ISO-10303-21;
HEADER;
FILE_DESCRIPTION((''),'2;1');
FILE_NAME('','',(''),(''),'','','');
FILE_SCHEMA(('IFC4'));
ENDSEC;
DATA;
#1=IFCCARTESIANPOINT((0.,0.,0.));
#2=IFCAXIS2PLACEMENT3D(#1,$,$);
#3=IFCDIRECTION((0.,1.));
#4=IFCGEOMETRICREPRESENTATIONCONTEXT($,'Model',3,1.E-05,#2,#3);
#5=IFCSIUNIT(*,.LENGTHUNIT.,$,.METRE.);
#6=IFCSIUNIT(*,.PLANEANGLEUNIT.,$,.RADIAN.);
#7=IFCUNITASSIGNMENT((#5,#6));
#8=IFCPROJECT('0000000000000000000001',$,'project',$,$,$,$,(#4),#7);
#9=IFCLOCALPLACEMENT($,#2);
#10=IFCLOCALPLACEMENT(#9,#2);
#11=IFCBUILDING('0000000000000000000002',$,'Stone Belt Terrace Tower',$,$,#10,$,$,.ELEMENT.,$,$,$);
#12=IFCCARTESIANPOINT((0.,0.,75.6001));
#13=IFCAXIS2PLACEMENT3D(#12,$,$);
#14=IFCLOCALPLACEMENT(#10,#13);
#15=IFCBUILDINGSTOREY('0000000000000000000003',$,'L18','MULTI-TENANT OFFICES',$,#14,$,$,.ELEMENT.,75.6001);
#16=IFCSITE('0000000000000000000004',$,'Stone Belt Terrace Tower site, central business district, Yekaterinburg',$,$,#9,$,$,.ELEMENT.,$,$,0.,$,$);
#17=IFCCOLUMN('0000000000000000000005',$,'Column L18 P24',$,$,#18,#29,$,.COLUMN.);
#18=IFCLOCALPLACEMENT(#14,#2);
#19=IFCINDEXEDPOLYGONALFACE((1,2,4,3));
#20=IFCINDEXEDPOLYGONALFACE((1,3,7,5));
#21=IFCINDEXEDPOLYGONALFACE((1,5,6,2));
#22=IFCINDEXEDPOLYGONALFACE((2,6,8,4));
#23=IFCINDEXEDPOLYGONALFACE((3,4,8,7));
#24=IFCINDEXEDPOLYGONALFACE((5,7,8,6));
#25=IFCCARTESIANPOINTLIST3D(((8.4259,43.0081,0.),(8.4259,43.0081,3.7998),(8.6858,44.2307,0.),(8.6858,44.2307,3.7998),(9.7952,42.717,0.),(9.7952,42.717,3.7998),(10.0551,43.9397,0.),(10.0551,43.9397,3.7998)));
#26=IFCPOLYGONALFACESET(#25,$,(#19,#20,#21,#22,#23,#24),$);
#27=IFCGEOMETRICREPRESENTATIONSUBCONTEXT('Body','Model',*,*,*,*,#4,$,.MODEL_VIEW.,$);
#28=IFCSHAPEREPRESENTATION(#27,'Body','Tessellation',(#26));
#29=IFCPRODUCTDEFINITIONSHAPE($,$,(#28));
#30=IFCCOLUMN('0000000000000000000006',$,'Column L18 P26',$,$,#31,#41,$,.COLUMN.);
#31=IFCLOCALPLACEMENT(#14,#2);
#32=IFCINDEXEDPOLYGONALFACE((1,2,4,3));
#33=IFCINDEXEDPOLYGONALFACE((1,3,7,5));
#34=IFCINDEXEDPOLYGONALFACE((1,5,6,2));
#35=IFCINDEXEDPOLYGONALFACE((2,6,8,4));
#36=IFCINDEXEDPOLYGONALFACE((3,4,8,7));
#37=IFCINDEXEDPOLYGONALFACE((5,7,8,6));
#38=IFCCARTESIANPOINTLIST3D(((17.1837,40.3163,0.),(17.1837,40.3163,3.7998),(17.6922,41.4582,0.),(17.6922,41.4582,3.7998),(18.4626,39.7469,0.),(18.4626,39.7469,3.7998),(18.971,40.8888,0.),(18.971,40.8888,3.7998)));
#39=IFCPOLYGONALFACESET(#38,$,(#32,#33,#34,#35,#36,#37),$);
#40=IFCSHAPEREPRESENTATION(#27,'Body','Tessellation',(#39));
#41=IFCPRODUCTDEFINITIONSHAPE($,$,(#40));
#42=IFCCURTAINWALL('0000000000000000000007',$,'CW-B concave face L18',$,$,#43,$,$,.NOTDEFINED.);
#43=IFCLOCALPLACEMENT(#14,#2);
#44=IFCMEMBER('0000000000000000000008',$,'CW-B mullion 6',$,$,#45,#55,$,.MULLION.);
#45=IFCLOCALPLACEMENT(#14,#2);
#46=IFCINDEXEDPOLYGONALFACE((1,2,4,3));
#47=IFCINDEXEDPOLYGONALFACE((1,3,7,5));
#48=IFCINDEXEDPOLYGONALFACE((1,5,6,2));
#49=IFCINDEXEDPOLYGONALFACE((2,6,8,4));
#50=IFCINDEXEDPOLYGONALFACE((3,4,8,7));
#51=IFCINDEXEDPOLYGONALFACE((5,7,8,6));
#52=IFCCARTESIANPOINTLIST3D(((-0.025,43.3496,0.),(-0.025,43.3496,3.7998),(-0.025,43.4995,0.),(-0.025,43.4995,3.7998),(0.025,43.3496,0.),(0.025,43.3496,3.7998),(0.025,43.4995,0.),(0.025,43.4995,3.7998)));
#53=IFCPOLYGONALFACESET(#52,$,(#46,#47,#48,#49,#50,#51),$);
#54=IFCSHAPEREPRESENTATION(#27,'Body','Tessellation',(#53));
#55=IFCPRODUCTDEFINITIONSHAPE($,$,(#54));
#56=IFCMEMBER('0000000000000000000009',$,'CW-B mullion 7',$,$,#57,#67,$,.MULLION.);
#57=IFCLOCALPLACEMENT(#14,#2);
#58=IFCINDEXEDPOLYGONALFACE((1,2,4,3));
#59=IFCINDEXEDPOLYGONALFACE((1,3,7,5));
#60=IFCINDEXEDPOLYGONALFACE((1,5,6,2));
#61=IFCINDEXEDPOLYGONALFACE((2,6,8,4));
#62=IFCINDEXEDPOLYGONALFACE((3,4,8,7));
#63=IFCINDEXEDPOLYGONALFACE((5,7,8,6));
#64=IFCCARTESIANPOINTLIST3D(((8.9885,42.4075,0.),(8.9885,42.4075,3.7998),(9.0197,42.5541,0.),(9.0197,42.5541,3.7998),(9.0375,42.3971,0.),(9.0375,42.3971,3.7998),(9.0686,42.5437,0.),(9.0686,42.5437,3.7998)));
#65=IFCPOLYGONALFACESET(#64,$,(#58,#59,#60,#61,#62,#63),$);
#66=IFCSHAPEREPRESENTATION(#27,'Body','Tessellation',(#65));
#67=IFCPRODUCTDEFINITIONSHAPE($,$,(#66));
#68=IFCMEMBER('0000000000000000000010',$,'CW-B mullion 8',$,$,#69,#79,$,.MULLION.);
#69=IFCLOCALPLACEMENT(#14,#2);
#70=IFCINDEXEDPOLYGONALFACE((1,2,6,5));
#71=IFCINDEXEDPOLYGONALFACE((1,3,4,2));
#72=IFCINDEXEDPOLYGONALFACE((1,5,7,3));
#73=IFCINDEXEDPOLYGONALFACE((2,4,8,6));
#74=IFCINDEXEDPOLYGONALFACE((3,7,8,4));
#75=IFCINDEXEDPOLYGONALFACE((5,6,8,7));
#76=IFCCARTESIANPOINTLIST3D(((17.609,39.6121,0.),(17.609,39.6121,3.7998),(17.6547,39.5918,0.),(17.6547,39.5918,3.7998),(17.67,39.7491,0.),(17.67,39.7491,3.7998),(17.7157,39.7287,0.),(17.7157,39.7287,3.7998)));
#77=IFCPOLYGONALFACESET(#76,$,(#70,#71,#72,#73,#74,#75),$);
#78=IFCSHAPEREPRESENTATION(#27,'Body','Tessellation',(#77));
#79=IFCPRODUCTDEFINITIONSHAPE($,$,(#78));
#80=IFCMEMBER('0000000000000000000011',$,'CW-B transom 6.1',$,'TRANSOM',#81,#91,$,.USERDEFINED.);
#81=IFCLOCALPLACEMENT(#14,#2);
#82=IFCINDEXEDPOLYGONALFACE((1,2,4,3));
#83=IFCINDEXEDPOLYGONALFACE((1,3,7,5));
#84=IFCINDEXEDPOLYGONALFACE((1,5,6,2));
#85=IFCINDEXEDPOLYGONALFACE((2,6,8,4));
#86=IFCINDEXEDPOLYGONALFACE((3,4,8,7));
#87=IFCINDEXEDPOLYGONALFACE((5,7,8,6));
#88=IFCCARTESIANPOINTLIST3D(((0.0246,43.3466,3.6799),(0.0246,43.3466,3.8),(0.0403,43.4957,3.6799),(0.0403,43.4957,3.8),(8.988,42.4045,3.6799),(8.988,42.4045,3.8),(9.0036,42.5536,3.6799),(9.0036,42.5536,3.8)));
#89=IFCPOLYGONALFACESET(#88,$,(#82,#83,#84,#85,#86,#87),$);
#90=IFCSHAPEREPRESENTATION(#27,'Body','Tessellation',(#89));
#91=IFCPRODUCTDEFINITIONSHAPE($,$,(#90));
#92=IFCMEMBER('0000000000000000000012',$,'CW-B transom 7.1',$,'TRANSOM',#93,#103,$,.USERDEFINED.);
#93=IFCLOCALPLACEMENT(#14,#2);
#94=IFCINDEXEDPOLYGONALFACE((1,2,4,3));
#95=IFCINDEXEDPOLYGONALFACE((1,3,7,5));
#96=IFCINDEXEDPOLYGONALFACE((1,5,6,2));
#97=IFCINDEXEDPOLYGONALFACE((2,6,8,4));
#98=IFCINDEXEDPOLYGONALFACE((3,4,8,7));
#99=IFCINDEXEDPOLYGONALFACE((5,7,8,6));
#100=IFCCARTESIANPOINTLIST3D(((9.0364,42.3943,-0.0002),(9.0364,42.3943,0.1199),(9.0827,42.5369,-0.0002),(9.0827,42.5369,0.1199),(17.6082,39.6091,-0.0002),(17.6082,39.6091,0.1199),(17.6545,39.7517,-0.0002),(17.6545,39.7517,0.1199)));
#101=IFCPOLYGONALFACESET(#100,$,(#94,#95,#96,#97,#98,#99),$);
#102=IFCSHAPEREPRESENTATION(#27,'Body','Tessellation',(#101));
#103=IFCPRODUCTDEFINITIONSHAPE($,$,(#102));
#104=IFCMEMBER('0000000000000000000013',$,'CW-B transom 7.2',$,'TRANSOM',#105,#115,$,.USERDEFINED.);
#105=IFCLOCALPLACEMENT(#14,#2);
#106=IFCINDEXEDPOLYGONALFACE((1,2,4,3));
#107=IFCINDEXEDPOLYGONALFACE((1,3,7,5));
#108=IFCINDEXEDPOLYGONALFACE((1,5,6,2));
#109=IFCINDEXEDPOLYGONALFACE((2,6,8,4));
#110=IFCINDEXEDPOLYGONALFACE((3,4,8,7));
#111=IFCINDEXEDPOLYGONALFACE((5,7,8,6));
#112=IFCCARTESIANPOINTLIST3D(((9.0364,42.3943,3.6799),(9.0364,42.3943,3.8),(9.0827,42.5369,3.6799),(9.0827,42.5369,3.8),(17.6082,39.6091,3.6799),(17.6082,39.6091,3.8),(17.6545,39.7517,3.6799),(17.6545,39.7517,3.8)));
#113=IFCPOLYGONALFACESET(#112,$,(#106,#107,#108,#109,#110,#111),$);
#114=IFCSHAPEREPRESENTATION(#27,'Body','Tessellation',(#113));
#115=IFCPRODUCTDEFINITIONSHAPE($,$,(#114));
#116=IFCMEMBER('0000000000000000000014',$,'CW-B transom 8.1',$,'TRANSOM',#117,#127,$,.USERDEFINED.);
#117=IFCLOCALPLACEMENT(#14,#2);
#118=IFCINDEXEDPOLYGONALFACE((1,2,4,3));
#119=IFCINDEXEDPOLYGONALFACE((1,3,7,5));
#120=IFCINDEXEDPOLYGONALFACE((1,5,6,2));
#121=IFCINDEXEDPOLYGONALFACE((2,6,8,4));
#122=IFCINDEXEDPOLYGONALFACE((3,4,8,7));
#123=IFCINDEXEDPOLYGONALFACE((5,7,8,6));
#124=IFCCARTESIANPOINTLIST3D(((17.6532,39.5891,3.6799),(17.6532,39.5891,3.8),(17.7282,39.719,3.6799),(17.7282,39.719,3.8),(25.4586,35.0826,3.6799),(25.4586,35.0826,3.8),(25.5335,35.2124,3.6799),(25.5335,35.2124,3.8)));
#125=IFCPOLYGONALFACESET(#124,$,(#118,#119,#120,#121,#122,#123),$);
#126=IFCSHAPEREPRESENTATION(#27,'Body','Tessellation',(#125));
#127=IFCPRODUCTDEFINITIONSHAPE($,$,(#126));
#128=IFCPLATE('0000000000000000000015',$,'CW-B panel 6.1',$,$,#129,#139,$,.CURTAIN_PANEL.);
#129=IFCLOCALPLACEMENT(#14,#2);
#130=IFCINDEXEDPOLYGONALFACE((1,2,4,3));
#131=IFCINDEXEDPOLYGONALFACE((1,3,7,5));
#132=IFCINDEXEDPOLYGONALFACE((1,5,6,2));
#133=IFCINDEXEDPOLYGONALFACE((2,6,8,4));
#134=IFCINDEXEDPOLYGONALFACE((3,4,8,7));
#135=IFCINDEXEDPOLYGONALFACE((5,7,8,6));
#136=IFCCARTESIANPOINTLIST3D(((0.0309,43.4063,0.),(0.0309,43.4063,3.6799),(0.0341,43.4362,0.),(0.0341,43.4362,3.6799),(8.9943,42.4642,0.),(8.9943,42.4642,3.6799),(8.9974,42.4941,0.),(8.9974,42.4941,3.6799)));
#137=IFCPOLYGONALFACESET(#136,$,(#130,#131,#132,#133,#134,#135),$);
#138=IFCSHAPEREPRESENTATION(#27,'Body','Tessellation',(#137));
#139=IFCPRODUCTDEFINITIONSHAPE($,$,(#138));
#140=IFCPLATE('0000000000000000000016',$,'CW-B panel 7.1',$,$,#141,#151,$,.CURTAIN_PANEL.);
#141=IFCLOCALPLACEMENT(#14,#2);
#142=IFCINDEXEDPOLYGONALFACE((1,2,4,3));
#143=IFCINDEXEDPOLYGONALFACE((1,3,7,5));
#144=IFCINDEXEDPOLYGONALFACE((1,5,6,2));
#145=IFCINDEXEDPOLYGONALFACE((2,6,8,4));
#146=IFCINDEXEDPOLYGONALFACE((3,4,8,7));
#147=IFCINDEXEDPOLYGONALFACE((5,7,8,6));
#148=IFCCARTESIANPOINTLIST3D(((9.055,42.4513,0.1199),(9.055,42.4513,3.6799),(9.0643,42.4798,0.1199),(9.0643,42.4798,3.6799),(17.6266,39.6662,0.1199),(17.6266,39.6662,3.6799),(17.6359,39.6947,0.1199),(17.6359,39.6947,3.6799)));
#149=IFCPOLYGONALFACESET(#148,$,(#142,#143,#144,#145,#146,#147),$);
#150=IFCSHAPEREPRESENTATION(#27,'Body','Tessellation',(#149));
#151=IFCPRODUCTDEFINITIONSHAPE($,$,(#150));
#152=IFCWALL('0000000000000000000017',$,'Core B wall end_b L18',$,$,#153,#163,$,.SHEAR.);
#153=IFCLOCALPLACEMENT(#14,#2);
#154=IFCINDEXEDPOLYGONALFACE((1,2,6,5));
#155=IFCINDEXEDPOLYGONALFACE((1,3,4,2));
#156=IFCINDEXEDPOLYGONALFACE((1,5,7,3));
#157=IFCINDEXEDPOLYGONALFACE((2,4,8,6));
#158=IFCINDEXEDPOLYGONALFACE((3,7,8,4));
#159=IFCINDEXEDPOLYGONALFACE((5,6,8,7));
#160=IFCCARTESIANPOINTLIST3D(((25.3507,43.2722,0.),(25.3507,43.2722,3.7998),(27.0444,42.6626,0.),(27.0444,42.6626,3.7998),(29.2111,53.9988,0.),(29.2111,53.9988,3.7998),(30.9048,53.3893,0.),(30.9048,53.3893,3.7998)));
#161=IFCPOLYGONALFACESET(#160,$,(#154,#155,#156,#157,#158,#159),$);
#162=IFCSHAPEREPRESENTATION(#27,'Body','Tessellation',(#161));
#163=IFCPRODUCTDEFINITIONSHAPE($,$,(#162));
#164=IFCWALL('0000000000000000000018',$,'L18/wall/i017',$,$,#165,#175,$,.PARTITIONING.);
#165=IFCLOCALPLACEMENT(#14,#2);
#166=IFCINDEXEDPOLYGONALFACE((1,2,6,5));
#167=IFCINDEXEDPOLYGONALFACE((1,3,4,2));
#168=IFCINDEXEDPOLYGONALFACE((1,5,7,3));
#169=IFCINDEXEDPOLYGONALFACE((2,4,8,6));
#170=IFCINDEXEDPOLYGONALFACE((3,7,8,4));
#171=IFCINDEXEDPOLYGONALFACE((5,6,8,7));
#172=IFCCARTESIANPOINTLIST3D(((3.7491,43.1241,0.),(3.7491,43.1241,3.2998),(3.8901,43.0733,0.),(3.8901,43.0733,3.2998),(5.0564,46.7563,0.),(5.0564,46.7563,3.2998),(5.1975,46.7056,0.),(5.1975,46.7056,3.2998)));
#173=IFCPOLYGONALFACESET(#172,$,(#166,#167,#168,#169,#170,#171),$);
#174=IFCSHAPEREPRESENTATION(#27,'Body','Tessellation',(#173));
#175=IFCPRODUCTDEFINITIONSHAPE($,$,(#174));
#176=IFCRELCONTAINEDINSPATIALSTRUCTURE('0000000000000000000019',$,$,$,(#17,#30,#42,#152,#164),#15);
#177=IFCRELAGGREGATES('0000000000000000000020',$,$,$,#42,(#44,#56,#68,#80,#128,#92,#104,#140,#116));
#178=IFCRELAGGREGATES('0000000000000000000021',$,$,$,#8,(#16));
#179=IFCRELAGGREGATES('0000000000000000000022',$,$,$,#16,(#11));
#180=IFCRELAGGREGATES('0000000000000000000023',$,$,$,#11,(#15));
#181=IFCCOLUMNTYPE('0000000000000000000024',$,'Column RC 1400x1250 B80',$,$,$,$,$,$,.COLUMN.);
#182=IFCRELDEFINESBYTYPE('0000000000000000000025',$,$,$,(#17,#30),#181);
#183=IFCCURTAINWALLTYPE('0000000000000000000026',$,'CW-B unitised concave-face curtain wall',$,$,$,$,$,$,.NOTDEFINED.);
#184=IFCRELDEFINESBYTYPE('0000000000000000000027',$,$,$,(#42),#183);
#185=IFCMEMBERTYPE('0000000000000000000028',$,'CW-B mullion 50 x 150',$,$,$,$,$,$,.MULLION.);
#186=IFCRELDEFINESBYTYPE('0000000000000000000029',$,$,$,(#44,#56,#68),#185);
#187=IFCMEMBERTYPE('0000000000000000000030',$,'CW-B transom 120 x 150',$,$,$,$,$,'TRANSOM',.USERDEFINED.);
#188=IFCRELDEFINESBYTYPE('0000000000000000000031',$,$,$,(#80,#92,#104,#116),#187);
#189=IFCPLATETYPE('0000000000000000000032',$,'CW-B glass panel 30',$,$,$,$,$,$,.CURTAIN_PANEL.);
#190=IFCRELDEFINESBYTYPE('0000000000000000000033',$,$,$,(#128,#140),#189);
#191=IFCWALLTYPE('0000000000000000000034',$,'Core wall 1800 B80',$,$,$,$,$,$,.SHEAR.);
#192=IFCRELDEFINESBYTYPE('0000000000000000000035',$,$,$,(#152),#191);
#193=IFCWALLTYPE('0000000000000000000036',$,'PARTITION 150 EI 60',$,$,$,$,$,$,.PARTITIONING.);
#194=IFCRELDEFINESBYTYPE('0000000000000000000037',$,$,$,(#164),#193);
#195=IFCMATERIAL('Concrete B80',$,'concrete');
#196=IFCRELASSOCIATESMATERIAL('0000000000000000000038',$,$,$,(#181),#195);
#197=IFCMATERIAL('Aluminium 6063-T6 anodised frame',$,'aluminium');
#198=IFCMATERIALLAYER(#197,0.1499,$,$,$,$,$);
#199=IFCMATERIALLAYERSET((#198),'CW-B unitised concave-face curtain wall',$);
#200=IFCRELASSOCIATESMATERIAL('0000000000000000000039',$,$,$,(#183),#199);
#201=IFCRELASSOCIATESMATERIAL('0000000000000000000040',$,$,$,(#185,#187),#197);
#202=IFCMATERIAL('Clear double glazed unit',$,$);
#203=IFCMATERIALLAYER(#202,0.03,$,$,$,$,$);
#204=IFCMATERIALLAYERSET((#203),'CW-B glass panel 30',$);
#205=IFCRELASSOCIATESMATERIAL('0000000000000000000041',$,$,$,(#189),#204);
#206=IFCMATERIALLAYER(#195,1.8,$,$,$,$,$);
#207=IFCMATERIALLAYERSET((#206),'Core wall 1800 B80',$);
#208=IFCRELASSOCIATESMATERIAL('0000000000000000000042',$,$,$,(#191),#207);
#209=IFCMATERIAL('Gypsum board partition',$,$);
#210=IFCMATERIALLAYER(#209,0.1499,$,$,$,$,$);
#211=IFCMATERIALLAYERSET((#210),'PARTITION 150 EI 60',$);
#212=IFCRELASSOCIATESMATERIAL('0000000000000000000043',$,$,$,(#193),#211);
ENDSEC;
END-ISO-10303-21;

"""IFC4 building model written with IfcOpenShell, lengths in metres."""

from ifc_helpers import new_model, si_unit, direction, frame, frame_2d, origin, origin_2d, place, context, subcontext, project, spatial, rectangle, extrude, material, layer, layer_set, material_profile, profile_set, type_object, element, aggregate, save


model = new_model("IFC4")

# Units and contexts
model_context = context("Model", 3, precision=1e-05, world=origin(), true_north=direction((0.0, 1.0)))
body_context = subcontext(model_context, "Body", "Model", "MODEL_VIEW")
ifc_project = project(units=[si_unit("LENGTHUNIT", "METRE"), si_unit("PLANEANGLEUNIT", "RADIAN")], contexts=[model_context])

# Site, building, storey
site_placement = place(None, origin())
site = spatial("IfcSite", under=ifc_project, at=site_placement, Name="Stone Belt Terrace Tower site, central business district, Yekaterinburg", CompositionType="ELEMENT", RefElevation=0.0)
building_placement = place(site_placement, origin())
building = spatial("IfcBuilding", under=site, at=building_placement, Name="Stone Belt Terrace Tower", CompositionType="ELEMENT")
storey_placement = place(building_placement, frame((0.0, 0.0, 75.6001)))
storey = spatial("IfcBuildingStorey", under=building, at=storey_placement, Name="L18", Description="MULTI-TENANT OFFICES", CompositionType="ELEMENT", Elevation=75.6001)

# Columns
ifc_material_1 = material(Name="Concrete B80", Category="concrete")
ifc_material_profile_1 = material_profile(ifc_material_1, rectangle(XDim=1.3999, YDim=1.25, at=origin_2d()), Name="RC 1400x1250")
ifc_profile_set_1 = profile_set([ifc_material_profile_1], Name="Concrete B80")
column_type = type_object("IfcColumnType", Name="Column RC 1400x1250 B80", PredefinedType="COLUMN", material=ifc_profile_set_1)
for number, where, z_axis, x_axis, name in (
    (1, (9.2405, 43.4739, 0.0), (0.0, 0.0, 1.0), (0.978148, -0.207912, 0.0), "Column L18 P24"),
    (2, (18.0774, 40.6025, 0.0), (0.0, 0.0, 1.0), (0.913545, -0.406737, 0.0), "Column L18 P26"),
):
    element("IfcColumn", number, at=place(storey_placement, frame(where, z_axis=z_axis, x_axis=x_axis)), inside=storey, type_object=column_type, Name=name, PredefinedType="COLUMN", context=body_context, shape_type="SweptSolid", body=[
        extrude(rectangle(XDim=1.3999, YDim=1.25, at=origin_2d()), origin(), (0.0, 0.0, 1.0), 3.7998),
    ])

# Curtain wall, members, plates
ifc_material_2 = material(Name="Aluminium 6063-T6 anodised frame", Category="aluminium")
ifc_layer_1 = layer(ifc_material_2, 0.1499)
ifc_layer_set_1 = layer_set([ifc_layer_1], Name="CW-B unitised concave-face curtain wall")
curtain_wall_type = type_object("IfcCurtainWallType", Name="CW-B unitised concave-face curtain wall", PredefinedType="NOTDEFINED", material=ifc_layer_set_1)
curtain_wall_placement = place(storey_placement, origin())
curtain_wall = element("IfcCurtainWall", 3, at=curtain_wall_placement, inside=storey, type_object=curtain_wall_type, Name="CW-B concave face L18", PredefinedType="NOTDEFINED")
ifc_material_profile_2 = material_profile(ifc_material_2, rectangle(XDim=0.1499, YDim=0.05, at=origin_2d()), Name="Aluminium 6063-T6 50x150")
ifc_profile_set_2 = profile_set([ifc_material_profile_2], Name="Aluminium 6063-T6 anodised frame")
member_type_1 = type_object("IfcMemberType", Name="CW-B mullion 50 x 150", PredefinedType="MULLION", material=ifc_profile_set_2)
member_1_placement = place(storey_placement, frame((0.0, 43.4246, 0.0), z_axis=(0.0, 0.0, 1.0), x_axis=(0.0, 1.0, 0.0)))
member_1 = element("IfcMember", 4, at=member_1_placement, type_object=member_type_1, Name="CW-B mullion 6", PredefinedType="MULLION", context=body_context, shape_type="SweptSolid", body=[
    extrude(rectangle(XDim=0.1499, YDim=0.05, at=origin_2d()), origin(), (0.0, 0.0, 1.0), 3.7998),
])
member_2_placement = place(storey_placement, frame((9.0286, 42.4756, 0.0), z_axis=(0.0, 0.0, 1.0), x_axis=(0.207912, 0.978148, 0.0)))
member_2 = element("IfcMember", 5, at=member_2_placement, type_object=member_type_1, Name="CW-B mullion 7", PredefinedType="MULLION", context=body_context, shape_type="SweptSolid", body=[
    extrude(rectangle(XDim=0.1499, YDim=0.05, at=origin_2d()), origin(), (0.0, 0.0, 1.0), 3.7998),
])
member_3_placement = place(storey_placement, frame((17.6624, 39.6704, 0.0), z_axis=(0.0, 0.0, 1.0), x_axis=(0.406737, 0.913545, 0.0)))
member_3 = element("IfcMember", 6, at=member_3_placement, type_object=member_type_1, Name="CW-B mullion 8", PredefinedType="MULLION", context=body_context, shape_type="SweptSolid", body=[
    extrude(rectangle(XDim=0.1499, YDim=0.05, at=origin_2d()), origin(), (0.0, 0.0, 1.0), 3.7998),
])
ifc_material_profile_3 = material_profile(ifc_material_2, rectangle(XDim=0.1499, YDim=0.1201, at=origin_2d()), Name="Aluminium 6063-T6 150x120")
ifc_profile_set_3 = profile_set([ifc_material_profile_3], Name="Aluminium 6063-T6 anodised frame")
member_type_2 = type_object("IfcMemberType", Name="CW-B transom 120 x 150", ElementType="TRANSOM", PredefinedType="USERDEFINED", material=ifc_profile_set_3)
member_4_placement = place(storey_placement, frame((0.0325, 43.4211, 3.74), z_axis=(0.994521, -0.104534, 0.0), x_axis=(0.104534, 0.994521, 0.0)))
member_4 = element("IfcMember", 7, at=member_4_placement, type_object=member_type_2, Name="CW-B transom 6.1", ObjectType="TRANSOM", PredefinedType="USERDEFINED", context=body_context, shape_type="SweptSolid", body=[
    extrude(rectangle(XDim=0.1499, YDim=0.1201, at=origin_2d()), origin(), (0.0, 0.0, 1.0), 9.0127),
])
member_5_placement = place(storey_placement, frame((9.0596, 42.4656, 0.0598), z_axis=(0.951056, -0.309019, 0.0), x_axis=(0.309019, 0.951056, 0.0)))
member_5 = element("IfcMember", 8, at=member_5_placement, type_object=member_type_2, Name="CW-B transom 7.1", ObjectType="TRANSOM", PredefinedType="USERDEFINED", context=body_context, shape_type="SweptSolid", body=[
    extrude(rectangle(XDim=0.1499, YDim=0.1201, at=origin_2d()), origin(), (0.0, 0.0, 1.0), 9.0129),
])
member_6_placement = place(storey_placement, frame((9.0596, 42.4656, 3.74), z_axis=(0.951056, -0.309019, 0.0), x_axis=(0.309019, 0.951056, 0.0)))
member_6 = element("IfcMember", 9, at=member_6_placement, type_object=member_type_2, Name="CW-B transom 7.2", ObjectType="TRANSOM", PredefinedType="USERDEFINED", context=body_context, shape_type="SweptSolid", body=[
    extrude(rectangle(XDim=0.1499, YDim=0.1201, at=origin_2d()), origin(), (0.0, 0.0, 1.0), 9.0129),
])
member_7_placement = place(storey_placement, frame((17.6907, 39.6541, 3.74), z_axis=(0.866019, -0.500011, 0.0), x_axis=(0.500011, 0.866019, 0.0)))
member_7 = element("IfcMember", 10, at=member_7_placement, type_object=member_type_2, Name="CW-B transom 8.1", ObjectType="TRANSOM", PredefinedType="USERDEFINED", context=body_context, shape_type="SweptSolid", body=[
    extrude(rectangle(XDim=0.1499, YDim=0.1201, at=origin_2d()), origin(), (0.0, 0.0, 1.0), 9.0129),
])
ifc_material_3 = material(Name="Clear double glazed unit")
ifc_layer_2 = layer(ifc_material_3, 0.03)
ifc_layer_set_2 = layer_set([ifc_layer_2], Name="CW-B glass panel 30")
plate_type = type_object("IfcPlateType", Name="CW-B glass panel 30", PredefinedType="CURTAIN_PANEL", material=ifc_layer_set_2)
plate_1_placement = place(storey_placement, frame((4.5142, 42.9502, 0.0), z_axis=(0.0, 0.0, 1.0), x_axis=(0.994522, -0.104528, 0.0)))
plate_1 = element("IfcPlate", 11, at=plate_1_placement, type_object=plate_type, Name="CW-B panel 6.1", PredefinedType="CURTAIN_PANEL", context=body_context, shape_type="SweptSolid", body=[
    extrude(rectangle(XDim=9.0127, YDim=0.03, at=origin_2d()), origin(), (0.0, 0.0, 1.0), 3.6799),
])
plate_2_placement = place(storey_placement, frame((13.3455, 41.073, 0.1199), z_axis=(0.0, 0.0, 1.0), x_axis=(0.951057, -0.309017, 0.0)))
plate_2 = element("IfcPlate", 12, at=plate_2_placement, type_object=plate_type, Name="CW-B panel 7.1", PredefinedType="CURTAIN_PANEL", context=body_context, shape_type="SweptSolid", body=[
    extrude(rectangle(XDim=9.0127, YDim=0.03, at=origin_2d()), origin(), (0.0, 0.0, 1.0), 3.5601),
])
aggregate(curtain_wall, [member_1, member_2, member_3, member_4, plate_1, member_5, member_6, plate_2, member_7])

# Walls
ifc_layer_3 = layer(ifc_material_1, 1.8)
ifc_layer_set_3 = layer_set([ifc_layer_3], Name="Core wall 1800 B80")
wall_type_1 = type_object("IfcWallType", Name="Core wall 1800 B80", PredefinedType="SHEAR", material=ifc_layer_set_3)
wall_1_placement = place(storey_placement, frame((26.1975, 42.9673, 0.0), z_axis=(0.0, 0.0, 1.0), x_axis=(0.338625, 0.940921, 0.0)))
element("IfcWall", 13, at=wall_1_placement, inside=storey, type_object=wall_type_1, Name="Core B wall end_b L18", PredefinedType="SHEAR", context=body_context, shape_type="SweptSolid", body=[
    extrude(rectangle(XDim=11.4001, YDim=1.8, at=frame_2d((5.7002, 0.0))), origin(), (0.0, 0.0, 1.0), 3.7998),
])
ifc_material_4 = material(Name="Gypsum board partition")
ifc_layer_4 = layer(ifc_material_4, 0.1499)
ifc_layer_set_4 = layer_set([ifc_layer_4], Name="PARTITION 150 EI 60")
wall_type_2 = type_object("IfcWallType", Name="PARTITION 150 EI 60", PredefinedType="PARTITIONING", material=ifc_layer_set_4)
wall_2_placement = place(storey_placement, frame((5.127, 46.731, 0.0), z_axis=(0.0, 0.0, 1.0), x_axis=(-0.338659, -0.940909, 0.0)))
element("IfcWall", 14, at=wall_2_placement, inside=storey, type_object=wall_type_2, Name="L18/wall/i017", PredefinedType="PARTITIONING", context=body_context, shape_type="SweptSolid", body=[
    extrude(rectangle(XDim=3.8604, YDim=0.1499, at=frame_2d((1.9302, 0.0))), origin(), (0.0, 0.0, 1.0), 3.2998),
])

save(model, "model.ifc")
